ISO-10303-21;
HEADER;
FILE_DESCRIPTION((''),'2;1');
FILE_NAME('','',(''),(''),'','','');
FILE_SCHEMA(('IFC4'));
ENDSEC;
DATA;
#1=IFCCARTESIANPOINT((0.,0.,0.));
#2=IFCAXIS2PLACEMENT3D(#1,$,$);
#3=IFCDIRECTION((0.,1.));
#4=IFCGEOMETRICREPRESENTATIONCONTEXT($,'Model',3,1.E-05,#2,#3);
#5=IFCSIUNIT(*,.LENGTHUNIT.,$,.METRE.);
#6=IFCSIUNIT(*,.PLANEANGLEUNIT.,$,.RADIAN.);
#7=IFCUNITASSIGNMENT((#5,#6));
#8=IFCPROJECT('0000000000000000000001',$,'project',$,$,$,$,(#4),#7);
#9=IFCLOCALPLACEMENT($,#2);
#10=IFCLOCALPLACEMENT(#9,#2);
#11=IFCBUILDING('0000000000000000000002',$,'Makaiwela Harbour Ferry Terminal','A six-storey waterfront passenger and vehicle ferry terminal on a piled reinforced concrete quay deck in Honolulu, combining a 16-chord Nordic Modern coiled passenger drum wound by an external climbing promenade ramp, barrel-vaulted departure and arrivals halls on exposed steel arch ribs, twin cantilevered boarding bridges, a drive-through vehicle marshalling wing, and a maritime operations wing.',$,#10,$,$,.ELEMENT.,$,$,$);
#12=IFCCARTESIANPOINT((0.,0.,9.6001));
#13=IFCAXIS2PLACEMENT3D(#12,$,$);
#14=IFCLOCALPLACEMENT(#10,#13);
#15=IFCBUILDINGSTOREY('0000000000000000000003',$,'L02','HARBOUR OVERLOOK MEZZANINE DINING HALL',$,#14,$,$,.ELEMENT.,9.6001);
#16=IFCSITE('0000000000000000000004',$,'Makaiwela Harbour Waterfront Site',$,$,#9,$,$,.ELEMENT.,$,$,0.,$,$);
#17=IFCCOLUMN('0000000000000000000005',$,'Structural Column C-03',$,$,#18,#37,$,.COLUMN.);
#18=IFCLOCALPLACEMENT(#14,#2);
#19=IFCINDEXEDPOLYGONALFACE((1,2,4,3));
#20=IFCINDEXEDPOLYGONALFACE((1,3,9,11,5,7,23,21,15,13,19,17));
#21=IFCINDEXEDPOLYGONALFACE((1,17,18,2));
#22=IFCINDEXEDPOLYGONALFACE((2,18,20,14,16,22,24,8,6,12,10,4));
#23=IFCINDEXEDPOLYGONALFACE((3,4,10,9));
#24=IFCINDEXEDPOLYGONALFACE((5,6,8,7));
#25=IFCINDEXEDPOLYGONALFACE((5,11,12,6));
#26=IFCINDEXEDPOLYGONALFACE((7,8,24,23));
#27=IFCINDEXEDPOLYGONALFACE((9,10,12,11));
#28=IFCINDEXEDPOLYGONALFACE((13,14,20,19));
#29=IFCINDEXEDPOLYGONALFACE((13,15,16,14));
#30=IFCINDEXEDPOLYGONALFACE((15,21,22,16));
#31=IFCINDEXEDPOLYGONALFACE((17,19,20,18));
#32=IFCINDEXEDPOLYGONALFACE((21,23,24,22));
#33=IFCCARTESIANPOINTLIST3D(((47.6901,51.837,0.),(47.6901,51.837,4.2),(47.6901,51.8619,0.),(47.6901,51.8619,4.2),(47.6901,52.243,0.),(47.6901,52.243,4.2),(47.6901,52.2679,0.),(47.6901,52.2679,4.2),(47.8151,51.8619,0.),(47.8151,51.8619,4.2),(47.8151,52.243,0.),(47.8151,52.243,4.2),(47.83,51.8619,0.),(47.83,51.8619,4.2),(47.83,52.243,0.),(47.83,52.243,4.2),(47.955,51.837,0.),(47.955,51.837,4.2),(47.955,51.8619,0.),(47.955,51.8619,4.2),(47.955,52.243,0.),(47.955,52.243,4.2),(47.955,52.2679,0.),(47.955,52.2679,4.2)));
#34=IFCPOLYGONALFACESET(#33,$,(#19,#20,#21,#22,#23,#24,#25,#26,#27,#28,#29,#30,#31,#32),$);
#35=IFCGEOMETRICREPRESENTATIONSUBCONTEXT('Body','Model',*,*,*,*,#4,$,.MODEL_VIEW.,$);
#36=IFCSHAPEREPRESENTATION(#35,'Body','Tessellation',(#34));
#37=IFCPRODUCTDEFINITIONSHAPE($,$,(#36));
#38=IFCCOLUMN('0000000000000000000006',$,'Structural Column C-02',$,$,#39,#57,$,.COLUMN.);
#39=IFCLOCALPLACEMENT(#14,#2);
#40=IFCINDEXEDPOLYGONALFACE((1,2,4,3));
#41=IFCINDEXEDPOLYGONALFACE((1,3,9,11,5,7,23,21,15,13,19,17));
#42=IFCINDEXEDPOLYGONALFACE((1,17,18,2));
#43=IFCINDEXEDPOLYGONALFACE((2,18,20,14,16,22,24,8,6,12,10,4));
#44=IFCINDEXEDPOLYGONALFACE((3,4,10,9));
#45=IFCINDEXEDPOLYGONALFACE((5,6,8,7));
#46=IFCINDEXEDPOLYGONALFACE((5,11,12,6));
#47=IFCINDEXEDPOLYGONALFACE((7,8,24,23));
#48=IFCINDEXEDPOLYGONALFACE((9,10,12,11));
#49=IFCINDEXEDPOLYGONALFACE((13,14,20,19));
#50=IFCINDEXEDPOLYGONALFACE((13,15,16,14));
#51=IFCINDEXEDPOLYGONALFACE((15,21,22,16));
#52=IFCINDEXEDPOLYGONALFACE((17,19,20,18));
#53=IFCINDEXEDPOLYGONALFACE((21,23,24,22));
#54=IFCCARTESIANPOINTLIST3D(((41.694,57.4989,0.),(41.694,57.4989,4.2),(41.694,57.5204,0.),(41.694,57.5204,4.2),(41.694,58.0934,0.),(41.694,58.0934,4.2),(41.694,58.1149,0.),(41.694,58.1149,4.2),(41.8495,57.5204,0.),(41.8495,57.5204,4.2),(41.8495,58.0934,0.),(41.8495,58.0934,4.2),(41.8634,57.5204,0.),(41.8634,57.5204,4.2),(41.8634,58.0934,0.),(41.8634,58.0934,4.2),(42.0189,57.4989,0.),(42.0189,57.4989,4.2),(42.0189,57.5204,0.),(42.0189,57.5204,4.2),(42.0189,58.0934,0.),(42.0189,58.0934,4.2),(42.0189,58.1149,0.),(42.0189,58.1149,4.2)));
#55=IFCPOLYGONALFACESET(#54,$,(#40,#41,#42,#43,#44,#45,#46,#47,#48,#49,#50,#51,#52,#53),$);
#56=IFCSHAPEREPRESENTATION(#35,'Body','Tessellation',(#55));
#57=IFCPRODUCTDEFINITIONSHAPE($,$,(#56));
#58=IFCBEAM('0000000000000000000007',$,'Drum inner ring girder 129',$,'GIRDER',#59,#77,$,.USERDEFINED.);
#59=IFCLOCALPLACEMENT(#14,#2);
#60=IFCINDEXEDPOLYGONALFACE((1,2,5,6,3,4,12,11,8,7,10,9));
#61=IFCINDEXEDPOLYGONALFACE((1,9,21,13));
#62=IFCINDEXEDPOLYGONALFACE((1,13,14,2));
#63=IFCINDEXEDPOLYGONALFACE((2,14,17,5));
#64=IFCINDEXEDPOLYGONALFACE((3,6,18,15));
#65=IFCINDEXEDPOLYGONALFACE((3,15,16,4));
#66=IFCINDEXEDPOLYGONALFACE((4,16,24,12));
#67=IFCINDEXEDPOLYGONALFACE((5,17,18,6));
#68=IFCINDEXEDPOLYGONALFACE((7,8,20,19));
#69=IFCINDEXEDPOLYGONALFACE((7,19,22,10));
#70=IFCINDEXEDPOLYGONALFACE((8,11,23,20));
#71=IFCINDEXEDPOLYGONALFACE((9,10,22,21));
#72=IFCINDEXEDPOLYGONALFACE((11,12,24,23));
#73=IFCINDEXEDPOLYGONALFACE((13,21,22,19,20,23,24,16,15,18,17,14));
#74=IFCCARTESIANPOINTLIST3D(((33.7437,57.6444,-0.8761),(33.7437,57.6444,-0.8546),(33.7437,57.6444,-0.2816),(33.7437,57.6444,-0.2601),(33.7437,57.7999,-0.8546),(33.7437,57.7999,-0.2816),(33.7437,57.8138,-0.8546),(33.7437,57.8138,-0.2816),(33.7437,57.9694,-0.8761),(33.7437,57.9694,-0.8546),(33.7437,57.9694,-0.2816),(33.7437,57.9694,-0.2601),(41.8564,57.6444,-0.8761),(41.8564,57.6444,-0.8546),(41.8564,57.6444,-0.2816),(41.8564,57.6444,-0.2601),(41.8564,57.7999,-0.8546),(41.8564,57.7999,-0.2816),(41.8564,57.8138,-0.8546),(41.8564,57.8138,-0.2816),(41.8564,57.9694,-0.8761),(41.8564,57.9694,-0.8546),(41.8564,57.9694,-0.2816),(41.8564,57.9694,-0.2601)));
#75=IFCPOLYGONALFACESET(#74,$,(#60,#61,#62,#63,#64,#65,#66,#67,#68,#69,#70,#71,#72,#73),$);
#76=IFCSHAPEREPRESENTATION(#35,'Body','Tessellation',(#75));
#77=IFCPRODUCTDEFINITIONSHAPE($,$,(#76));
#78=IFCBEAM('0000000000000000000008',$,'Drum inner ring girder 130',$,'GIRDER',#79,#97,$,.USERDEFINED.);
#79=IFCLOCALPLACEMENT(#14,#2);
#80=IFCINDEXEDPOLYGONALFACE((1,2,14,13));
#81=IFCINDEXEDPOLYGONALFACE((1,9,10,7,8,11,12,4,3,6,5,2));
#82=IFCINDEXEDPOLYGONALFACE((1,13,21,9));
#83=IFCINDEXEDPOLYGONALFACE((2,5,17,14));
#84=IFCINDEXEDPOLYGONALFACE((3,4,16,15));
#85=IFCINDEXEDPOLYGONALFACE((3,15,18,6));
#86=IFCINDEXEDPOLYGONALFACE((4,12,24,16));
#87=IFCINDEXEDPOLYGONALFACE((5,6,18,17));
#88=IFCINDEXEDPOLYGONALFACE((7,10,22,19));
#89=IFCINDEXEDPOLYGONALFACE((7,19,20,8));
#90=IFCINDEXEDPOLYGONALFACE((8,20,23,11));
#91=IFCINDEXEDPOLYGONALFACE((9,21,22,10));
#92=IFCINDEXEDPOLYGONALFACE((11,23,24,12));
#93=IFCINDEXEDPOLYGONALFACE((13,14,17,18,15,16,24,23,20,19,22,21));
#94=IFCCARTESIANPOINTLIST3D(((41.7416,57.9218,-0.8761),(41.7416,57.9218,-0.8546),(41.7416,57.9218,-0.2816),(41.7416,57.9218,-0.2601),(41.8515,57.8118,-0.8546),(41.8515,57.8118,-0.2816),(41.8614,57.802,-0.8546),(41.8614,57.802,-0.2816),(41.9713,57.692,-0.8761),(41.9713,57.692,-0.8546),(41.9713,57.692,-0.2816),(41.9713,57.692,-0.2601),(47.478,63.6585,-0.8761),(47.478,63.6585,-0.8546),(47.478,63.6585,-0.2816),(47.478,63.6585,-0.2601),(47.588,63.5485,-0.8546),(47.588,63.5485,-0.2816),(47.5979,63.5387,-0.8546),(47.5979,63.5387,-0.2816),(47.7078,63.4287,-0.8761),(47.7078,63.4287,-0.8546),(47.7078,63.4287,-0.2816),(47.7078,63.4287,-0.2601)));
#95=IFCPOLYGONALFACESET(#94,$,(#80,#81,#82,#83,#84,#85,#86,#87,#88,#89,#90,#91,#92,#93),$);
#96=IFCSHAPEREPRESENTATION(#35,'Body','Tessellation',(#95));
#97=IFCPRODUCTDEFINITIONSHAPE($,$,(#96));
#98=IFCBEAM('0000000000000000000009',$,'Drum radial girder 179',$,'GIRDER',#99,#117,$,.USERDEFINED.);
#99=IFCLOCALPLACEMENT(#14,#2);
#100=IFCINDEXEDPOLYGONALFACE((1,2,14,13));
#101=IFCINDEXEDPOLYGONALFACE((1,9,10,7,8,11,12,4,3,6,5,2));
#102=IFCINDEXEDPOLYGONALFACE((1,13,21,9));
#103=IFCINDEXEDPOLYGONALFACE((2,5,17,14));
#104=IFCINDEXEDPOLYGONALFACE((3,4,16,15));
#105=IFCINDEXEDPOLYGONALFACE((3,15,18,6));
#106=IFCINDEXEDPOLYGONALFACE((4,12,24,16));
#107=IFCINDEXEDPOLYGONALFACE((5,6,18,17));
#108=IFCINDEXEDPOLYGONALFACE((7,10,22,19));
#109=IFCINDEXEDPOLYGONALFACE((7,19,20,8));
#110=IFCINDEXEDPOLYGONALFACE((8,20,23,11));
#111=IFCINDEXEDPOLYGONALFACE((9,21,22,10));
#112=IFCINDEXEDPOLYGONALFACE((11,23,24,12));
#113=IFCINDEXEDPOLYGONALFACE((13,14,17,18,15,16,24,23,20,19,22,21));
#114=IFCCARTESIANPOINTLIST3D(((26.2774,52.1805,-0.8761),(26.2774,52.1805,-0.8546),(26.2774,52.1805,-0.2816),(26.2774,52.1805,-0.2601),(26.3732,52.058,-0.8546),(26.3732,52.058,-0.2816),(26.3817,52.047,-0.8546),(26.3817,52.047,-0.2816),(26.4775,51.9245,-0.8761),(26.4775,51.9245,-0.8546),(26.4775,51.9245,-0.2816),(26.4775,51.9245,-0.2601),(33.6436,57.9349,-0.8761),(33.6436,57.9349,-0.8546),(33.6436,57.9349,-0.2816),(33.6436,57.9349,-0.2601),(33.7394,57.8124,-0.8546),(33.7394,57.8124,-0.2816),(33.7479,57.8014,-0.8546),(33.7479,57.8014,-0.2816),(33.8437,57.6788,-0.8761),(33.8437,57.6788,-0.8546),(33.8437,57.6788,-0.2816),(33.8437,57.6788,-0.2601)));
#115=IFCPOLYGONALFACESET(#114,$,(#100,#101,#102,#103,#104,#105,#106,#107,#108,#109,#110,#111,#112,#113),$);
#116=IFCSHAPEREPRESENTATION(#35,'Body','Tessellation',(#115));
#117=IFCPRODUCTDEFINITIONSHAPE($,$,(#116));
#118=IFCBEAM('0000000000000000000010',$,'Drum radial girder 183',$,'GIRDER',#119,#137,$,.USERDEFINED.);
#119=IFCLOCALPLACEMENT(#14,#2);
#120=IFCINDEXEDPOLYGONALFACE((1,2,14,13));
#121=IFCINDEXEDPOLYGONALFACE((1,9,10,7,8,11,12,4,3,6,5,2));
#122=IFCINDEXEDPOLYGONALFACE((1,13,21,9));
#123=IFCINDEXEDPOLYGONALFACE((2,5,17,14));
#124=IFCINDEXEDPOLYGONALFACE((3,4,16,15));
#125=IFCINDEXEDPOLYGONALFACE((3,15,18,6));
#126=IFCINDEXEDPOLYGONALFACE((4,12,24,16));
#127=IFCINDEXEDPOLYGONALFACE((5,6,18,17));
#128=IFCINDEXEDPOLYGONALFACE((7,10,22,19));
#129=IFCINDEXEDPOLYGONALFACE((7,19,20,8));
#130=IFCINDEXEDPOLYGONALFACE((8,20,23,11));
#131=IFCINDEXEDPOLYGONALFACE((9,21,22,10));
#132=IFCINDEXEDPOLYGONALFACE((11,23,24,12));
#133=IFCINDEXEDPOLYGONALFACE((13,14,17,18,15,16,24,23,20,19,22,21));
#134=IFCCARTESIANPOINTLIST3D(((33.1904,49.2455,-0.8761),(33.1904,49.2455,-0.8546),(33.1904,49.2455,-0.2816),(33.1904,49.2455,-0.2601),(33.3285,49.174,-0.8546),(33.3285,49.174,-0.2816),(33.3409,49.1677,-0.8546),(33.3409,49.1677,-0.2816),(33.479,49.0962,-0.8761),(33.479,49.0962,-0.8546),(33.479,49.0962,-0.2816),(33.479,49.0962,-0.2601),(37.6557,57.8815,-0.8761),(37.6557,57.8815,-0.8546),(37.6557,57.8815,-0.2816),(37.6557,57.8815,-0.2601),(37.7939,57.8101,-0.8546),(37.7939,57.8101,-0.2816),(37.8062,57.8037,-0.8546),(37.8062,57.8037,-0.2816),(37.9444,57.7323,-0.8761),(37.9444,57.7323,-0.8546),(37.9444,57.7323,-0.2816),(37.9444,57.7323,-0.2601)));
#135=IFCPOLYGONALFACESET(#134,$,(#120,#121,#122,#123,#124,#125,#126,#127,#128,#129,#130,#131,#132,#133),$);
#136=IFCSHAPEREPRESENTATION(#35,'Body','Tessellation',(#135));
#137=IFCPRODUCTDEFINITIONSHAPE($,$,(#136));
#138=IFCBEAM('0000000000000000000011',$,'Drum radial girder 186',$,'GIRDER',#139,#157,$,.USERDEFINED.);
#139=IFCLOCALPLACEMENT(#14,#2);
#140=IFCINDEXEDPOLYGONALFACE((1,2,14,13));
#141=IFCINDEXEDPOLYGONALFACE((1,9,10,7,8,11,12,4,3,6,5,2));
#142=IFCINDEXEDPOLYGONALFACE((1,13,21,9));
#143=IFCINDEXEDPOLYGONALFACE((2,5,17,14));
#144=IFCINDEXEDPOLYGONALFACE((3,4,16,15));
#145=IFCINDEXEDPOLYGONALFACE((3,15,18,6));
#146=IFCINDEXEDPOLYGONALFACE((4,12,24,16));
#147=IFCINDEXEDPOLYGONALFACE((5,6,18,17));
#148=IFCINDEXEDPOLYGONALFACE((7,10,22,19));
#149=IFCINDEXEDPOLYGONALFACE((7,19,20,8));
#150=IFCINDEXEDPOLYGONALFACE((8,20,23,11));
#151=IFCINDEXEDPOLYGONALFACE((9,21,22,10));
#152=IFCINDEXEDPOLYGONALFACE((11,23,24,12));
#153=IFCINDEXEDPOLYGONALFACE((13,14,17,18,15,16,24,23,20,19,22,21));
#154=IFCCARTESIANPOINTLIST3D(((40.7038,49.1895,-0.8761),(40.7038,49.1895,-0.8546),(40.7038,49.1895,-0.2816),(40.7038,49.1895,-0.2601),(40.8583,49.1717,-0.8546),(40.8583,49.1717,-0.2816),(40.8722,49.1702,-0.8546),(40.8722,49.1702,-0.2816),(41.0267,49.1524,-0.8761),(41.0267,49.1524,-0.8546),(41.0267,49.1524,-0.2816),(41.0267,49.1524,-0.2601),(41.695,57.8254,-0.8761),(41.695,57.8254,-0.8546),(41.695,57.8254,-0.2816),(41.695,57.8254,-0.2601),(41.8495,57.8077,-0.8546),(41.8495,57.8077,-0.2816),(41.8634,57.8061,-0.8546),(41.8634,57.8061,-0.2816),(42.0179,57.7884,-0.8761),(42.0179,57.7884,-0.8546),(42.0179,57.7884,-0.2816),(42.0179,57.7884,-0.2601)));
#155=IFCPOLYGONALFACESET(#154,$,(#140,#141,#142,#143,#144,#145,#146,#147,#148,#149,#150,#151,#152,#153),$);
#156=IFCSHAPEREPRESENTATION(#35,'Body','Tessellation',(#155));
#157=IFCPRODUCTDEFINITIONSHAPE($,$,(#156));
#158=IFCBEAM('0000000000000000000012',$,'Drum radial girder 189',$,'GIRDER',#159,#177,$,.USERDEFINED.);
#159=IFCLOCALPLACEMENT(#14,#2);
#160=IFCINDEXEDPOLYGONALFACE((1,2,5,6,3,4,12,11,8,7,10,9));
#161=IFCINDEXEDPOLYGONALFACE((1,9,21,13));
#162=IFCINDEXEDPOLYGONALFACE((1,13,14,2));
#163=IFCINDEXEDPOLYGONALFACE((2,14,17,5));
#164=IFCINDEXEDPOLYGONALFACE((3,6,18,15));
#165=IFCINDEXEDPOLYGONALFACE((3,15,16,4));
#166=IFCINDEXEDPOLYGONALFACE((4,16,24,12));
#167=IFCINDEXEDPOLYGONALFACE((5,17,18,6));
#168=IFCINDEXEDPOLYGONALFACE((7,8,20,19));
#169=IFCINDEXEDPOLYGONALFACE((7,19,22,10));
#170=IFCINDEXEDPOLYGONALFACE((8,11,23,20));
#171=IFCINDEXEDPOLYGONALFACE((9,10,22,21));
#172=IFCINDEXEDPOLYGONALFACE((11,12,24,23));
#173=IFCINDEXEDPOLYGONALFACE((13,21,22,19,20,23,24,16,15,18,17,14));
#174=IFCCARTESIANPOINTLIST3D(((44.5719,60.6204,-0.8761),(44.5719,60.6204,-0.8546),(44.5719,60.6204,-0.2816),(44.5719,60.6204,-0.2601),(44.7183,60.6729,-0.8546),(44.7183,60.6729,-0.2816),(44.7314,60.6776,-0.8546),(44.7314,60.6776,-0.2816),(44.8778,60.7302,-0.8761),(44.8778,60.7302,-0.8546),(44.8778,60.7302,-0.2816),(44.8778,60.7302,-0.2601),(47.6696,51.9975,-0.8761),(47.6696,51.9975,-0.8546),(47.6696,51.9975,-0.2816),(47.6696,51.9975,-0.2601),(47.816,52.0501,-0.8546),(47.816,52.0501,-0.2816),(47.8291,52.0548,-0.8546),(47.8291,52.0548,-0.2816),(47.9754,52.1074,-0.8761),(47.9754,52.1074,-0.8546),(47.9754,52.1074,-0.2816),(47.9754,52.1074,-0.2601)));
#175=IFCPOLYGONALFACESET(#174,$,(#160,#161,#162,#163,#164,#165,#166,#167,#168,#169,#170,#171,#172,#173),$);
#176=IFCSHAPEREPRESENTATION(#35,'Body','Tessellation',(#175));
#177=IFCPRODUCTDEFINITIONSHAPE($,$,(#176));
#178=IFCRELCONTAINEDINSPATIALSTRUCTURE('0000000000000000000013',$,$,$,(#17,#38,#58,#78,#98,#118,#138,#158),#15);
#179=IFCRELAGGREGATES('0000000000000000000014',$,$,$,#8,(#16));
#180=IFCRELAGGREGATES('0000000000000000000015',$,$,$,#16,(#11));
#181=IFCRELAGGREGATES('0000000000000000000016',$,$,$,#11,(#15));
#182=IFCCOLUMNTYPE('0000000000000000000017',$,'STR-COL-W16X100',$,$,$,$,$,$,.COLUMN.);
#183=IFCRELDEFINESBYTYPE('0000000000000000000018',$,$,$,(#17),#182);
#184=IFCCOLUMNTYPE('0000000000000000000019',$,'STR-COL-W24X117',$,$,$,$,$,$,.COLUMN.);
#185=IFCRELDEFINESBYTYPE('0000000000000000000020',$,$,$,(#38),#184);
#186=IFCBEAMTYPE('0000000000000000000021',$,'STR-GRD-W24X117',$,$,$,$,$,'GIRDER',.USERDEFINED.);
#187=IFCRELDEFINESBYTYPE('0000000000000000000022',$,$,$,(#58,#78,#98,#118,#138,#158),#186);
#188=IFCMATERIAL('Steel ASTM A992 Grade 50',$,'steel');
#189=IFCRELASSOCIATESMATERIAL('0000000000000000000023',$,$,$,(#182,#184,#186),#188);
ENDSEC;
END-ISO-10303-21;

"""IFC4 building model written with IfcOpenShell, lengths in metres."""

from ifc_helpers import new_model, si_unit, direction, frame, origin, origin_2d, place, context, subcontext, project, spatial, i_section, extrude, material, material_profile, profile_set, type_object, element, save


model = new_model("IFC4")

# Units and contexts
model_context = context("Model", 3, precision=1e-05, world=origin(), true_north=direction((0.0, 1.0)))
body_context = subcontext(model_context, "Body", "Model", "MODEL_VIEW")
ifc_project = project(units=[si_unit("LENGTHUNIT", "METRE"), si_unit("PLANEANGLEUNIT", "RADIAN")], contexts=[model_context])

# Site, building, storey
site_placement = place(None, origin())
site = spatial("IfcSite", under=ifc_project, at=site_placement, Name="Makaiwela Harbour Waterfront Site", CompositionType="ELEMENT", RefElevation=0.0)
building_placement = place(site_placement, origin())
building = spatial("IfcBuilding", under=site, at=building_placement, Name="Makaiwela Harbour Ferry Terminal", Description="A six-storey waterfront passenger and vehicle ferry terminal on a piled reinforced concrete quay deck in Honolulu, combining a 16-chord Nordic Modern coiled passenger drum wound by an external climbing promenade ramp, barrel-vaulted departure and arrivals halls on exposed steel arch ribs, twin cantilevered boarding bridges, a drive-through vehicle marshalling wing, and a maritime operations wing.", CompositionType="ELEMENT")
storey_placement = place(building_placement, frame((0.0, 0.0, 9.6001)))
storey = spatial("IfcBuildingStorey", under=building, at=storey_placement, Name="L02", Description="HARBOUR OVERLOOK MEZZANINE DINING HALL", CompositionType="ELEMENT", Elevation=9.6001)

# Columns
ifc_material_1 = material(Name="Steel ASTM A992 Grade 50", Category="steel")
ifc_material_profile_1 = material_profile(ifc_material_1, i_section(OverallWidth=0.2649, OverallDepth=0.4309, WebThickness=0.0149, FlangeThickness=0.0249, at=origin_2d()), Name="W16X100")
ifc_profile_set_1 = profile_set([ifc_material_profile_1], Name="Steel ASTM A992 Grade 50")
column_type_1 = type_object("IfcColumnType", Name="STR-COL-W16X100", PredefinedType="COLUMN", material=ifc_profile_set_1)
column_1_placement = place(storey_placement, frame((47.8225, 52.0525, 0.0), z_axis=(0.0, 0.0, 1.0), x_axis=(1.0, 0.0, 0.0)))
element("IfcColumn", 1, at=column_1_placement, inside=storey, type_object=column_type_1, Name="Structural Column C-03", PredefinedType="COLUMN", context=body_context, shape_type="SweptSolid", body=[
    extrude(i_section(OverallWidth=0.2649, OverallDepth=0.4309, WebThickness=0.0149, FlangeThickness=0.0249, at=origin_2d()), origin(), (0.0, 0.0, 1.0), 4.2),
])
ifc_material_profile_2 = material_profile(ifc_material_1, i_section(OverallWidth=0.325, OverallDepth=0.616, WebThickness=0.0139, FlangeThickness=0.0215, at=origin_2d()), Name="W24X117")
ifc_profile_set_2 = profile_set([ifc_material_profile_2], Name="Steel ASTM A992 Grade 50")
column_type_2 = type_object("IfcColumnType", Name="STR-COL-W24X117", PredefinedType="COLUMN", material=ifc_profile_set_2)
column_2_placement = place(storey_placement, frame((41.8564, 57.8069, 0.0), z_axis=(0.0, 0.0, 1.0), x_axis=(1.0, 0.0, 0.0)))
element("IfcColumn", 2, at=column_2_placement, inside=storey, type_object=column_type_2, Name="Structural Column C-02", PredefinedType="COLUMN", context=body_context, shape_type="SweptSolid", body=[
    extrude(i_section(OverallWidth=0.325, OverallDepth=0.616, WebThickness=0.0139, FlangeThickness=0.0215, at=origin_2d()), origin(), (0.0, 0.0, 1.0), 4.2),
])

# Beams
ifc_material_profile_3 = material_profile(ifc_material_1, i_section(OverallWidth=0.325, OverallDepth=0.616, WebThickness=0.0139, FlangeThickness=0.0215, at=origin_2d()), Name="W24X117")
ifc_profile_set_3 = profile_set([ifc_material_profile_3], Name="Steel ASTM A992 Grade 50")
beam_type_1 = type_object("IfcBeamType", Name="STR-GRD-W24X117", ElementType="GIRDER", PredefinedType="USERDEFINED", material=ifc_profile_set_3)
for number, where, z_axis, x_axis, name in (
    (3, (33.7437, 57.8069, -0.5681), (1.0, 0.0, 0.0), (0.0, 1.0, 0.0), "Drum inner ring girder 129"),
    (4, (41.8564, 57.8069, -0.5681), (0.707092, 0.707122, 0.0), (-0.707122, 0.707092, 0.0), "Drum inner ring girder 130"),
):
    element("IfcBeam", number, at=place(storey_placement, frame(where, z_axis=z_axis, x_axis=x_axis)), inside=storey, type_object=beam_type_1, Name=name, ObjectType="GIRDER", PredefinedType="USERDEFINED", context=body_context, shape_type="SweptSolid", body=[
        extrude(i_section(OverallWidth=0.325, OverallDepth=0.616, WebThickness=0.0139, FlangeThickness=0.0215, at=origin_2d()), origin(), (0.0, 0.0, 1.0), 8.1128),
    ])
beam_1_placement = place(storey_placement, frame((33.7437, 57.8069, -0.5681), z_axis=(-0.788048, -0.615614, 0.0), x_axis=(0.615614, -0.788048, 0.0)))
element("IfcBeam", 5, at=beam_1_placement, inside=storey, type_object=beam_type_1, Name="Drum radial girder 179", ObjectType="GIRDER", PredefinedType="USERDEFINED", context=body_context, shape_type="SweptSolid", body=[
    extrude(i_section(OverallWidth=0.325, OverallDepth=0.616, WebThickness=0.0139, FlangeThickness=0.0215, at=origin_2d()), origin(), (0.0, 0.0, 1.0), 9.3474),
])
beam_2_placement = place(storey_placement, frame((37.8, 57.8069, -0.5681), z_axis=(-0.459297, -0.888283, 0.0), x_axis=(0.888283, -0.459297, 0.0)))
element("IfcBeam", 6, at=beam_2_placement, inside=storey, type_object=beam_type_1, Name="Drum radial girder 183", ObjectType="GIRDER", PredefinedType="USERDEFINED", context=body_context, shape_type="SweptSolid", body=[
    extrude(i_section(OverallWidth=0.325, OverallDepth=0.616, WebThickness=0.0139, FlangeThickness=0.0215, at=origin_2d()), origin(), (0.0, 0.0, 1.0), 9.7222),
])
beam_3_placement = place(storey_placement, frame((41.8564, 57.8069, -0.5681), z_axis=(-0.114028, -0.993478, 0.0), x_axis=(0.993478, -0.114028, 0.0)))
element("IfcBeam", 7, at=beam_3_placement, inside=storey, type_object=beam_type_1, Name="Drum radial girder 186", ObjectType="GIRDER", PredefinedType="USERDEFINED", context=body_context, shape_type="SweptSolid", body=[
    extrude(i_section(OverallWidth=0.325, OverallDepth=0.616, WebThickness=0.0139, FlangeThickness=0.0215, at=origin_2d()), origin(), (0.0, 0.0, 1.0), 8.6926),
])
beam_4_placement = place(storey_placement, frame((44.7249, 60.6753, -0.5681), z_axis=(0.338086, -0.941115, 0.0), x_axis=(0.941115, 0.338086, 0.0)))
element("IfcBeam", 8, at=beam_4_placement, inside=storey, type_object=beam_type_1, Name="Drum radial girder 189", ObjectType="GIRDER", PredefinedType="USERDEFINED", context=body_context, shape_type="SweptSolid", body=[
    extrude(i_section(OverallWidth=0.325, OverallDepth=0.616, WebThickness=0.0139, FlangeThickness=0.0215, at=origin_2d()), origin(), (0.0, 0.0, 1.0), 9.1624),
])

save(model, "model.ifc")
